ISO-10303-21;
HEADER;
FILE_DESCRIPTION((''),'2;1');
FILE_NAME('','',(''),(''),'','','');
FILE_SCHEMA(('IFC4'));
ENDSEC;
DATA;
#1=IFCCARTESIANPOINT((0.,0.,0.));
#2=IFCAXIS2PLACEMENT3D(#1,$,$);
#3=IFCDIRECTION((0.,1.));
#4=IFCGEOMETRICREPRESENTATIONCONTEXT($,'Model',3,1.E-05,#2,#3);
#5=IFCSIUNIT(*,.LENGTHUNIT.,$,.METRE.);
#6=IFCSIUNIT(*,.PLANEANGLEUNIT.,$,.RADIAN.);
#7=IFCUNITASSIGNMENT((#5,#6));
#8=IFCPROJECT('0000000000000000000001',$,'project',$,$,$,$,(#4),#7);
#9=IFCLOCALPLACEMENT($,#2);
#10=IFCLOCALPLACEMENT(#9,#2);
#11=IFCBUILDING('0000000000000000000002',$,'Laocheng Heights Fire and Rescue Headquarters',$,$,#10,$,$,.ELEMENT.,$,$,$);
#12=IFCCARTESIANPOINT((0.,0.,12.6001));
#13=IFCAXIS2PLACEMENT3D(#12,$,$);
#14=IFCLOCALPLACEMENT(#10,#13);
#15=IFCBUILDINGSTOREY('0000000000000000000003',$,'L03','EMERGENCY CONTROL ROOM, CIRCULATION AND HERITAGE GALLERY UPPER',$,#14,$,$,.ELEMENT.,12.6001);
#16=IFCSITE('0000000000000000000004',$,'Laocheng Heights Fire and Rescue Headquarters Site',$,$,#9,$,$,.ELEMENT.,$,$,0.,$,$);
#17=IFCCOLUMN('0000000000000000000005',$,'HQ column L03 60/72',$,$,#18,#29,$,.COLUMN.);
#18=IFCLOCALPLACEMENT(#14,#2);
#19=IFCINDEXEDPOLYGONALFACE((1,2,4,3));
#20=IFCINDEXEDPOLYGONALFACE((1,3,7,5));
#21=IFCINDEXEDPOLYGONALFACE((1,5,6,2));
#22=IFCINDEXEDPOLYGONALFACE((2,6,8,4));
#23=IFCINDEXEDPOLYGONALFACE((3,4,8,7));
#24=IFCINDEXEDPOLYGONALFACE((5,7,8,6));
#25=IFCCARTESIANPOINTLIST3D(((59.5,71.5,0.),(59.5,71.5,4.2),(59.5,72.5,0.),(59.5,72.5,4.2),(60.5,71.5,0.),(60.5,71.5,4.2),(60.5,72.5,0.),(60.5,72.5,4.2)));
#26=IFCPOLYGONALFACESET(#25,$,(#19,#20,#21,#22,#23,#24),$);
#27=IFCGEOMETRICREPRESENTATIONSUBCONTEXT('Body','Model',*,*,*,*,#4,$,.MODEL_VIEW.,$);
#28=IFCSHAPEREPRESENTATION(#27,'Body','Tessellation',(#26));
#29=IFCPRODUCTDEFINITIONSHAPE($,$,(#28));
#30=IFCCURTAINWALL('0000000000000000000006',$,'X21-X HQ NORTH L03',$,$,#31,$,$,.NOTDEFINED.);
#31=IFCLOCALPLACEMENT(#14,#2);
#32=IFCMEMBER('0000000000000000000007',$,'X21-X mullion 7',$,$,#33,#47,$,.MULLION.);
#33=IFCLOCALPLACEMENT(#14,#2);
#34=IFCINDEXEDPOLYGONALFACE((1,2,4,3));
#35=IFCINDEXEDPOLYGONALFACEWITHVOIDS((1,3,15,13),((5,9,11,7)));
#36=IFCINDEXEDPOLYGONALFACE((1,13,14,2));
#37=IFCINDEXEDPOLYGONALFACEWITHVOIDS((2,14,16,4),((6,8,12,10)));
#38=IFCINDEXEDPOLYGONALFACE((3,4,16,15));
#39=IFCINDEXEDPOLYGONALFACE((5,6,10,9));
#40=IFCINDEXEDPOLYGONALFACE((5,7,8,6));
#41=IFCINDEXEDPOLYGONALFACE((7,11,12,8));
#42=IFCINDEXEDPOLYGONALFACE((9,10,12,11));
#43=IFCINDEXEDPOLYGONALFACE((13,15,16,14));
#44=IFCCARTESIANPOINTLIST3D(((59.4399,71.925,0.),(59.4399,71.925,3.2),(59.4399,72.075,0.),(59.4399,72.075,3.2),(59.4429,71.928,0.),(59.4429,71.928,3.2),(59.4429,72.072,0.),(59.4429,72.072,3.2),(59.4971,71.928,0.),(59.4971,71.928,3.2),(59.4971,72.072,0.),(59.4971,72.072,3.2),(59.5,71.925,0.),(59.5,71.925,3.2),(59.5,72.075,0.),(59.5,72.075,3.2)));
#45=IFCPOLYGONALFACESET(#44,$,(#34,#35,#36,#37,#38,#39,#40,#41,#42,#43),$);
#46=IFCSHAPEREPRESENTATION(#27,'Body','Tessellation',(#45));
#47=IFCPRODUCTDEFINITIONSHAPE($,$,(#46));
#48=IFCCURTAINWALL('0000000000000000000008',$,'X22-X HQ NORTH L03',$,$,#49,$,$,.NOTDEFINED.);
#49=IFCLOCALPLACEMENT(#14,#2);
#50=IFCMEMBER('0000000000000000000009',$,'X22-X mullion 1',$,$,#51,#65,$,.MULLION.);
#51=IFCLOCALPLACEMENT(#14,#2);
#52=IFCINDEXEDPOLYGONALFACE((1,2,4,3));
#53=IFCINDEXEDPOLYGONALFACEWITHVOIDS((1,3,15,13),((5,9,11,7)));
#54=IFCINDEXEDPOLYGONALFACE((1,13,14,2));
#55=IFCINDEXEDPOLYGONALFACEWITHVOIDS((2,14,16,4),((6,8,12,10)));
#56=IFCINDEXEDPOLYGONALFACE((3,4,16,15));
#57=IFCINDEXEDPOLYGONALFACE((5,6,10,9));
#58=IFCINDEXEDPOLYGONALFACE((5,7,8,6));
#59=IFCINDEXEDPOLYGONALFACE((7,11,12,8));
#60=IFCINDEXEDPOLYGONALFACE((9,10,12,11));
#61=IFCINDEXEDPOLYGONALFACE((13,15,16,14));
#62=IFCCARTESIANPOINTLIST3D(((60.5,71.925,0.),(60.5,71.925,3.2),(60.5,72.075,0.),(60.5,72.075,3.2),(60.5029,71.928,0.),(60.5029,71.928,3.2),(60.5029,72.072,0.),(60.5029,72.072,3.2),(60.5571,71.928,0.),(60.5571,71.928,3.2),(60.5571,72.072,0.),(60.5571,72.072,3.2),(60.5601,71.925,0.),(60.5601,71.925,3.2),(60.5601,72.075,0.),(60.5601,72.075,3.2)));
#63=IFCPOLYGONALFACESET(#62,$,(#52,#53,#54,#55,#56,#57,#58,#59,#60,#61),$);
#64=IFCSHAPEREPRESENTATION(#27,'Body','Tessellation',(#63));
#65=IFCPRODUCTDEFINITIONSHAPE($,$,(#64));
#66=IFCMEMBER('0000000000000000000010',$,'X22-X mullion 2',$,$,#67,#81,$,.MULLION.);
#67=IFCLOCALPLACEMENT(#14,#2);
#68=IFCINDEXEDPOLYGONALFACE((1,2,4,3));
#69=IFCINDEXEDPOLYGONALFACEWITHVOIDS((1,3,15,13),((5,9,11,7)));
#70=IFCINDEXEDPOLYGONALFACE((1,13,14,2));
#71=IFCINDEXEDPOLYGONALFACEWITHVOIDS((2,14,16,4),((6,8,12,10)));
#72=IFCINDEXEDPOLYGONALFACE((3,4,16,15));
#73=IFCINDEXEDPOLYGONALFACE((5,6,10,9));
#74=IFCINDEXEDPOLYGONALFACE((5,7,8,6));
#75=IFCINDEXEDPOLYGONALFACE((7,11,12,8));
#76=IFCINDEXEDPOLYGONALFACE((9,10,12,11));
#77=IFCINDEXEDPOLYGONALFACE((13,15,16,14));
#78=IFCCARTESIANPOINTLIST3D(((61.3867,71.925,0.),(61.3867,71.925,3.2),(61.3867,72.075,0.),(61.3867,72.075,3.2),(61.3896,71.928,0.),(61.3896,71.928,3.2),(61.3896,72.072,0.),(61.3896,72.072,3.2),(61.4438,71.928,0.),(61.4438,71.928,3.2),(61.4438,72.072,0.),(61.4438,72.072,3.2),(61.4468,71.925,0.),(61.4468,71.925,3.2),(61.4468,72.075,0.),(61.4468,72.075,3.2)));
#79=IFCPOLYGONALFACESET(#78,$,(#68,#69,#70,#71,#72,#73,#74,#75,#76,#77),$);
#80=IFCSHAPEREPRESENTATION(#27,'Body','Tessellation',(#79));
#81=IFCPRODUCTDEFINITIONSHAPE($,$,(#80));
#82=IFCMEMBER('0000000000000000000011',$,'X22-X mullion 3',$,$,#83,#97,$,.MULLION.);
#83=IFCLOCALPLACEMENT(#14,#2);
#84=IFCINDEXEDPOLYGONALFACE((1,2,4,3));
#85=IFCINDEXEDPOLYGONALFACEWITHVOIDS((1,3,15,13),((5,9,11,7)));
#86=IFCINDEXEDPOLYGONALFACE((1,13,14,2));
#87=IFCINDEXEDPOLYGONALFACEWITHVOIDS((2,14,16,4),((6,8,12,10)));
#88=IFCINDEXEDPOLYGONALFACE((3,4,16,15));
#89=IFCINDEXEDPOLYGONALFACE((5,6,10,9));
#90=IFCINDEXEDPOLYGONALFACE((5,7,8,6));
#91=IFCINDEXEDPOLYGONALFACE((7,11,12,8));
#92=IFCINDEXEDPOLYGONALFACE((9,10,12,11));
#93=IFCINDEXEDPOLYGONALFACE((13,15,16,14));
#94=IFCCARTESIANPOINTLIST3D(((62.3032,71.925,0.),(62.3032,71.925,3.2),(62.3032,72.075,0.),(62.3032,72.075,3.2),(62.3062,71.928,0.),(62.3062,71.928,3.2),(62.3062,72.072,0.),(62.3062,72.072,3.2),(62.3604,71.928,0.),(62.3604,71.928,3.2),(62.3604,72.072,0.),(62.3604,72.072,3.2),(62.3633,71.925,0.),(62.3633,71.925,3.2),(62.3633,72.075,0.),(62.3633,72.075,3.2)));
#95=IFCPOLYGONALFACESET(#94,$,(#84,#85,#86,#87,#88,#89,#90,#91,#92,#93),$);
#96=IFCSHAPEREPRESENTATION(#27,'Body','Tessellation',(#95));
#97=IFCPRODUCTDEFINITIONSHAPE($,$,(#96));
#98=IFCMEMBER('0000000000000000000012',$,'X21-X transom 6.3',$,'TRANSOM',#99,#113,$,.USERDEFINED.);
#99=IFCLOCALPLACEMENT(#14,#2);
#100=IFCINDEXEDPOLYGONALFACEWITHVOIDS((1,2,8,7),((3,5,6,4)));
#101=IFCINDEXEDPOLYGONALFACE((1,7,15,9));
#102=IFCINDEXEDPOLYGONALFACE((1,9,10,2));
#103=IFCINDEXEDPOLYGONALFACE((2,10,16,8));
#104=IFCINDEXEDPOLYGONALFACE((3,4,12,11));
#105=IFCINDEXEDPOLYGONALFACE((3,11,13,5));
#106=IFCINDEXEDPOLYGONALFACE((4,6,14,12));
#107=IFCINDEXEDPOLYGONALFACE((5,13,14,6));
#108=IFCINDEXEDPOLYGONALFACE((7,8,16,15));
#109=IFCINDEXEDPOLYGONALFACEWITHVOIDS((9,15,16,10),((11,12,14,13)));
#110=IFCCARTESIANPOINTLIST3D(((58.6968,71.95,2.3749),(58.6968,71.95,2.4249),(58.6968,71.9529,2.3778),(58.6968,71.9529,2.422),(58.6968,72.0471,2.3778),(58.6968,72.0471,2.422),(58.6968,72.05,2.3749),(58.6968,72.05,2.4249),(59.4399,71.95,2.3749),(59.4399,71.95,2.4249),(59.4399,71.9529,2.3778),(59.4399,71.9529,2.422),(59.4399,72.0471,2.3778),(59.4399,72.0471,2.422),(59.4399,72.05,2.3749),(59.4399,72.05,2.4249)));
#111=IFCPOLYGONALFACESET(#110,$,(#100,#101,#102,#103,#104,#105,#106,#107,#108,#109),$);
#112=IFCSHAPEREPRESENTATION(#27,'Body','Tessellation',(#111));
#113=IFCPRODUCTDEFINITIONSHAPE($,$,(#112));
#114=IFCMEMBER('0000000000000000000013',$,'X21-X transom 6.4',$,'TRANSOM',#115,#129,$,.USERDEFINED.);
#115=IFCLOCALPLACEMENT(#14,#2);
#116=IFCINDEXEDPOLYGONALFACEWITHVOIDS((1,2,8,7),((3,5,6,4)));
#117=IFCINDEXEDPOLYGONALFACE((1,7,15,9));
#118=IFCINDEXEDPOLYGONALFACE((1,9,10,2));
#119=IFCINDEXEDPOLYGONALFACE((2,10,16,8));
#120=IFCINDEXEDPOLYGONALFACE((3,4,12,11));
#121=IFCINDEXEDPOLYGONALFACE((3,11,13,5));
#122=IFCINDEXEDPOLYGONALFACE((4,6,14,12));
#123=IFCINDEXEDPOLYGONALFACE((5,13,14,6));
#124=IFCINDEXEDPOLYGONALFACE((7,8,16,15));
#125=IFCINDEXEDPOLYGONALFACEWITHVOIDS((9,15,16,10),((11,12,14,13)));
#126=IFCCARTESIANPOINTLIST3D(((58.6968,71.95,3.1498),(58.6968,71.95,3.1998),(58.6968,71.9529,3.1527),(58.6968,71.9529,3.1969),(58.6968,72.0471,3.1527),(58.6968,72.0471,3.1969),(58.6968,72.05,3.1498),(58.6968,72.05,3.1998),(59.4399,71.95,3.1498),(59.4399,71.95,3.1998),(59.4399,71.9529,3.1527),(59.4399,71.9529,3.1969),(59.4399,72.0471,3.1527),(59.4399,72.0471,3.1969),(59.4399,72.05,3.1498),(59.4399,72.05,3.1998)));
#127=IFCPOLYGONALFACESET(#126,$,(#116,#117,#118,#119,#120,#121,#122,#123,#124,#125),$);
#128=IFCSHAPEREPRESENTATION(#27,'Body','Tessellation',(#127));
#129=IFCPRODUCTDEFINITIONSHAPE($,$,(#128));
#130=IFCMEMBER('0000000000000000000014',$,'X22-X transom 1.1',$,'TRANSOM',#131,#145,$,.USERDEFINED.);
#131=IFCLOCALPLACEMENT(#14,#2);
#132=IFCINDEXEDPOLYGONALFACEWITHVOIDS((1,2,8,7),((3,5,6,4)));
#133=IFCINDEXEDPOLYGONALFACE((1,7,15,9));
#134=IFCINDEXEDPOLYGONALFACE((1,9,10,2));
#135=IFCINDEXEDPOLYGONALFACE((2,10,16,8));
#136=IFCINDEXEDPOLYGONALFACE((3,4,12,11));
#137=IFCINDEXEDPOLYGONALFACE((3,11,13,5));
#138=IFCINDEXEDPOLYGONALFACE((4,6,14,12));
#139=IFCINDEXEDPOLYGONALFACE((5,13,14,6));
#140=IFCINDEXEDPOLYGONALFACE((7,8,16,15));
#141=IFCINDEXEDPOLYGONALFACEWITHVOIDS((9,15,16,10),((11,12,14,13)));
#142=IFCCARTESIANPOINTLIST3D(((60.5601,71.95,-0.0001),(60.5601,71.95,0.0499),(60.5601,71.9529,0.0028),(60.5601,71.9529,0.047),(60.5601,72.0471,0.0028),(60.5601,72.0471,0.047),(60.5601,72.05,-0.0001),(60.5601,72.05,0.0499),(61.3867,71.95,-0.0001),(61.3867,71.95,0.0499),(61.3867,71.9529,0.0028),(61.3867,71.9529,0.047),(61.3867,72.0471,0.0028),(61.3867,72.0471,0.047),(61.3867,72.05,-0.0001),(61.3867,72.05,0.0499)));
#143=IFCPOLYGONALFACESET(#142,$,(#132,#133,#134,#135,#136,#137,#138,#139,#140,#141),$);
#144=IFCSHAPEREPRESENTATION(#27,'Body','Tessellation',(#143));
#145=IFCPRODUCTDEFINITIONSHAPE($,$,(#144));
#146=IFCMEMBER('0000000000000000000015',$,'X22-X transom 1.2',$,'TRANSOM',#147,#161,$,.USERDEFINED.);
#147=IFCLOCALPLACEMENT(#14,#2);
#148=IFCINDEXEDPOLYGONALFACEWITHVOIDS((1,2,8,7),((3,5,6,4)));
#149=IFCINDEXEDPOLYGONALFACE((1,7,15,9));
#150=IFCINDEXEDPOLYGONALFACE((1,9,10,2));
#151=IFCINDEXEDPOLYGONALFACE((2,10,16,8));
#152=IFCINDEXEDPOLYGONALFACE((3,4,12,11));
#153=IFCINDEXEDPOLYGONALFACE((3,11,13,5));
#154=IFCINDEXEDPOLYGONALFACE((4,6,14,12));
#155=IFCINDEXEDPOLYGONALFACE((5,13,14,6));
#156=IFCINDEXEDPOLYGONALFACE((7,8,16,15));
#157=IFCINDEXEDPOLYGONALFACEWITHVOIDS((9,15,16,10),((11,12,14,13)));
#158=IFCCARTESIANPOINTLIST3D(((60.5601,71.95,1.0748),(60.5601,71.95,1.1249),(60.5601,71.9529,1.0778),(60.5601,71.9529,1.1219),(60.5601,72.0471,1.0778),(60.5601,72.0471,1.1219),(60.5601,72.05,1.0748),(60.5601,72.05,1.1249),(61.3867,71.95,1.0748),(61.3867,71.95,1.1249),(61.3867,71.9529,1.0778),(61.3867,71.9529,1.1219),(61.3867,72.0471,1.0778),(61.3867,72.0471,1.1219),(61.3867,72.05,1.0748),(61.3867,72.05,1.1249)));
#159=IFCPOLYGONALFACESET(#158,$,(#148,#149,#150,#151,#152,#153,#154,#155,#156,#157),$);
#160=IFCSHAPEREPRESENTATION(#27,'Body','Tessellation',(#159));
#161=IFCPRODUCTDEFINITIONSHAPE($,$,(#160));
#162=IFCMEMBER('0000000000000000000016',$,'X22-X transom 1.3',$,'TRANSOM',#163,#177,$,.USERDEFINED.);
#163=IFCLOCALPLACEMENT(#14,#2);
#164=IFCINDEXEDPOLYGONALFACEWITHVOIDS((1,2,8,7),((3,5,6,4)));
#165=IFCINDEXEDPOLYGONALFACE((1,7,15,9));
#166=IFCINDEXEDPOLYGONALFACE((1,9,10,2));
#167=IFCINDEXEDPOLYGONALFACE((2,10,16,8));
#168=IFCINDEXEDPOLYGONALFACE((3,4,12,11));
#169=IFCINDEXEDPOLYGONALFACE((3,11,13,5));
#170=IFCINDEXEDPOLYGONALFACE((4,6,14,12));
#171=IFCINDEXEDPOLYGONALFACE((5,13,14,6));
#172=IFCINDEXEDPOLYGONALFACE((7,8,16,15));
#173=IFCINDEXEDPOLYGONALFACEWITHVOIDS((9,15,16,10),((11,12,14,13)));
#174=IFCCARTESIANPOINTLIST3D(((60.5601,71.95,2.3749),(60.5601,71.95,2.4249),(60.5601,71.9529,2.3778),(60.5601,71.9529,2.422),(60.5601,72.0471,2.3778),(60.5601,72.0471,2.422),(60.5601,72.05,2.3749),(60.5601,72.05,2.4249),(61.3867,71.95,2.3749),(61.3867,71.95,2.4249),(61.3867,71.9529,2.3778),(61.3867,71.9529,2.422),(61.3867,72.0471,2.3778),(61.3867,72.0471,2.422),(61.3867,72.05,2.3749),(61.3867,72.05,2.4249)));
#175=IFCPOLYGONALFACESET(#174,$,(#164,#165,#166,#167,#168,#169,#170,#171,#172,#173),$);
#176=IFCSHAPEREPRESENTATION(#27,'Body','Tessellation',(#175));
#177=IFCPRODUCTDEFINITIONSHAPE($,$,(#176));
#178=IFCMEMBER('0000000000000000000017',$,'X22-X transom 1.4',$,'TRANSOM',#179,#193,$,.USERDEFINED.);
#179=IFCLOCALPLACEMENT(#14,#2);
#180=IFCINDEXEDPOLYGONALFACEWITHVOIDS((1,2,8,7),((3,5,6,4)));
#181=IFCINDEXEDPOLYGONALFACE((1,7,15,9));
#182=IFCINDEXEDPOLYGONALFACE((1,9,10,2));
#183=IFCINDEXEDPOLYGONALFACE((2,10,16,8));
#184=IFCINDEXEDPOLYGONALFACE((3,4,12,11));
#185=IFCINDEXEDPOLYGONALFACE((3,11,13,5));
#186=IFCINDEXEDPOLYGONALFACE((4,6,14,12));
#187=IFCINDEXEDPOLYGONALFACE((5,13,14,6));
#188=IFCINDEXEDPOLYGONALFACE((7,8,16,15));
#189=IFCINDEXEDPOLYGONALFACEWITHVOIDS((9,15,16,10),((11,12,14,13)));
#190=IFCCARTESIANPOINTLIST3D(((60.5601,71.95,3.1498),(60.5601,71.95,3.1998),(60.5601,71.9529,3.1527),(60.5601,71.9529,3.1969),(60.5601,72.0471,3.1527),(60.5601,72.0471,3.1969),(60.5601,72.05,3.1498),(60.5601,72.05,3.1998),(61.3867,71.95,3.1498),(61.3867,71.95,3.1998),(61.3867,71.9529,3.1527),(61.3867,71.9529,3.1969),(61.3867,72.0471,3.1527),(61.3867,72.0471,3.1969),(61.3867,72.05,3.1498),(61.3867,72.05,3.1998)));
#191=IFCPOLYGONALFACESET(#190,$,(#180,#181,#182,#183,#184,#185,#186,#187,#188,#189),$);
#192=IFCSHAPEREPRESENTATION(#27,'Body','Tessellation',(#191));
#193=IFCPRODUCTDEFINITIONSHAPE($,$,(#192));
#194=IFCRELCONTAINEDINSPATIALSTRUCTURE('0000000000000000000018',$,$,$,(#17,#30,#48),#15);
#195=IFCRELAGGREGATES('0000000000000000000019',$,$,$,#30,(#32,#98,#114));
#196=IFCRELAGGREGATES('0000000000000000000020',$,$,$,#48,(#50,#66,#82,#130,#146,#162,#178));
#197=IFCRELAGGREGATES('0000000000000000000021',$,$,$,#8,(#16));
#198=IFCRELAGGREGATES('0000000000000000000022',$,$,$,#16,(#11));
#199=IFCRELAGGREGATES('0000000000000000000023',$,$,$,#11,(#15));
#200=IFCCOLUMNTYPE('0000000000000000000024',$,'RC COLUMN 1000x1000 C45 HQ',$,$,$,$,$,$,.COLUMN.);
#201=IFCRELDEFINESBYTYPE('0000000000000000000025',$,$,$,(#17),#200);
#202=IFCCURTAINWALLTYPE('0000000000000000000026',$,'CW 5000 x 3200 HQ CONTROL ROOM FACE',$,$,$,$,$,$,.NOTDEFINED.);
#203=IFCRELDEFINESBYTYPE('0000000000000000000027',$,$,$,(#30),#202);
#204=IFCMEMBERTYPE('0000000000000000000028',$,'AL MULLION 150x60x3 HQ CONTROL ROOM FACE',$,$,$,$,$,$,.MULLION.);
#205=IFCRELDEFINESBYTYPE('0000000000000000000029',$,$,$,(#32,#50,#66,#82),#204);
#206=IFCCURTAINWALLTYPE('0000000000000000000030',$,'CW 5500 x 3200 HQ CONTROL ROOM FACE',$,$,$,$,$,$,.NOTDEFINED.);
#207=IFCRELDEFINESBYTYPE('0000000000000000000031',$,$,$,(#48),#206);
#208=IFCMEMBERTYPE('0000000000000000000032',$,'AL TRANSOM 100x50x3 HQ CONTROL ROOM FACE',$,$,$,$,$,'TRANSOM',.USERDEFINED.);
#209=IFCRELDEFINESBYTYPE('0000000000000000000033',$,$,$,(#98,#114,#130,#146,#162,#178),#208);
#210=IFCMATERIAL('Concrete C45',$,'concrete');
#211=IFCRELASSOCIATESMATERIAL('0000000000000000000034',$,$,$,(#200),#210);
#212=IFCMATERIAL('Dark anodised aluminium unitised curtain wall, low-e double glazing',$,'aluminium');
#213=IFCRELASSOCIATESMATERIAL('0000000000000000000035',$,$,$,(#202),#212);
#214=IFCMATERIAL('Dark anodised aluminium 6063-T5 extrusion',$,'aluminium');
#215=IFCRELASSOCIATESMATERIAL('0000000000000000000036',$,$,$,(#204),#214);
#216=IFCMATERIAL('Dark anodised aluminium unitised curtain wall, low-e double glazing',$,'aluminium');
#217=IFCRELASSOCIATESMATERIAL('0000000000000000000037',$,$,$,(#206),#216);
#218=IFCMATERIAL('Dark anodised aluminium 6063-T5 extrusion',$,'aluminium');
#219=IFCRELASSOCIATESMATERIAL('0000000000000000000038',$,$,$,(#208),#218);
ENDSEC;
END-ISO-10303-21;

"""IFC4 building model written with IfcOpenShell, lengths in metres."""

from ifc_helpers import new_model, si_unit, direction, frame, origin, origin_2d, place, context, subcontext, project, spatial, rectangle, hollow_rectangle, extrude, material, material_profile, profile_set, type_object, element, aggregate, save


model = new_model("IFC4")

# Units and contexts
model_context = context("Model", 3, precision=1e-05, world=origin(), true_north=direction((0.0, 1.0)))
body_context = subcontext(model_context, "Body", "Model", "MODEL_VIEW")
ifc_project = project(units=[si_unit("LENGTHUNIT", "METRE"), si_unit("PLANEANGLEUNIT", "RADIAN")], contexts=[model_context])

# Site, building, storey
site_placement = place(None, origin())
site = spatial("IfcSite", under=ifc_project, at=site_placement, Name="Laocheng Heights Fire and Rescue Headquarters Site", CompositionType="ELEMENT", RefElevation=0.0)
building_placement = place(site_placement, origin())
building = spatial("IfcBuilding", under=site, at=building_placement, Name="Laocheng Heights Fire and Rescue Headquarters", CompositionType="ELEMENT")
storey_placement = place(building_placement, frame((0.0, 0.0, 12.6001)))
storey = spatial("IfcBuildingStorey", under=building, at=storey_placement, Name="L03", Description="EMERGENCY CONTROL ROOM, CIRCULATION AND HERITAGE GALLERY UPPER", CompositionType="ELEMENT", Elevation=12.6001)

# Column
ifc_material_1 = material(Name="Concrete C45", Category="concrete")
ifc_material_profile_1 = material_profile(ifc_material_1, rectangle(XDim=1.0, YDim=1.0, at=origin_2d()), Name="RC COLUMN 1000x1000 C45 HQ")
ifc_profile_set_1 = profile_set([ifc_material_profile_1], Name="Concrete C45")
column_type = type_object("IfcColumnType", Name="RC COLUMN 1000x1000 C45 HQ", PredefinedType="COLUMN", material=ifc_profile_set_1)
column_placement = place(storey_placement, frame((60.0, 72.0, 0.0), z_axis=(0.0, 0.0, 1.0), x_axis=(1.0, 0.0, 0.0)))
element("IfcColumn", 1, at=column_placement, inside=storey, type_object=column_type, Name="HQ column L03 60/72", PredefinedType="COLUMN", context=body_context, shape_type="SweptSolid", body=[
    extrude(rectangle(XDim=1.0, YDim=1.0, at=origin_2d()), origin(), (0.0, 0.0, 1.0), 4.2),
])

# Curtain wall, member
ifc_material_2 = material(Name="Dark anodised aluminium unitised curtain wall, low-e double glazing", Category="aluminium")
curtain_wall_type_1 = type_object("IfcCurtainWallType", Name="CW 5000 x 3200 HQ CONTROL ROOM FACE", PredefinedType="NOTDEFINED", material=ifc_material_2)
curtain_wall_1_placement = place(storey_placement, origin())
curtain_wall_1 = element("IfcCurtainWall", 2, at=curtain_wall_1_placement, inside=storey, type_object=curtain_wall_type_1, Name="X21-X HQ NORTH L03", PredefinedType="NOTDEFINED")
ifc_material_3 = material(Name="Dark anodised aluminium 6063-T5 extrusion", Category="aluminium")
ifc_material_profile_2 = material_profile(ifc_material_3, hollow_rectangle(XDim=0.1499, YDim=0.0601, WallThickness=0.0029, at=origin_2d()), Name="AL MULLION 150x60x3 HQ CONTROL ROOM FACE")
ifc_profile_set_2 = profile_set([ifc_material_profile_2], Name="Dark anodised aluminium 6063-T5 extrusion")
member_type_1 = type_object("IfcMemberType", Name="AL MULLION 150x60x3 HQ CONTROL ROOM FACE", PredefinedType="MULLION", material=ifc_profile_set_2)
member_1_placement = place(storey_placement, frame((59.47, 72.0, 0.0), z_axis=(0.0, 0.0, 1.0), x_axis=(0.0, 1.0, 0.0)))
member_1 = element("IfcMember", 3, at=member_1_placement, type_object=member_type_1, Name="X21-X mullion 7", PredefinedType="MULLION", context=body_context, shape_type="SweptSolid", body=[
    extrude(hollow_rectangle(XDim=0.1499, YDim=0.0601, WallThickness=0.0029, at=origin_2d()), origin(), (0.0, 0.0, 1.0), 3.2),
])

# Curtain wall, members
ifc_material_4 = material(Name="Dark anodised aluminium unitised curtain wall, low-e double glazing", Category="aluminium")
curtain_wall_type_2 = type_object("IfcCurtainWallType", Name="CW 5500 x 3200 HQ CONTROL ROOM FACE", PredefinedType="NOTDEFINED", material=ifc_material_4)
curtain_wall_2_placement = place(storey_placement, origin())
curtain_wall_2 = element("IfcCurtainWall", 4, at=curtain_wall_2_placement, inside=storey, type_object=curtain_wall_type_2, Name="X22-X HQ NORTH L03", PredefinedType="NOTDEFINED")
member_2_placement = place(storey_placement, frame((60.53, 72.0, 0.0), z_axis=(0.0, 0.0, 1.0), x_axis=(0.0, 1.0, 0.0)))
member_2 = element("IfcMember", 5, at=member_2_placement, type_object=member_type_1, Name="X22-X mullion 1", PredefinedType="MULLION", context=body_context, shape_type="SweptSolid", body=[
    extrude(hollow_rectangle(XDim=0.1499, YDim=0.0601, WallThickness=0.0029, at=origin_2d()), origin(), (0.0, 0.0, 1.0), 3.2),
])
member_3_placement = place(storey_placement, frame((61.4167, 72.0, 0.0), z_axis=(0.0, 0.0, 1.0), x_axis=(0.0, 1.0, 0.0)))
member_3 = element("IfcMember", 6, at=member_3_placement, type_object=member_type_1, Name="X22-X mullion 2", PredefinedType="MULLION", context=body_context, shape_type="SweptSolid", body=[
    extrude(hollow_rectangle(XDim=0.1499, YDim=0.0601, WallThickness=0.0029, at=origin_2d()), origin(), (0.0, 0.0, 1.0), 3.2),
])
member_4_placement = place(storey_placement, frame((62.3333, 72.0, 0.0), z_axis=(0.0, 0.0, 1.0), x_axis=(0.0, 1.0, 0.0)))
member_4 = element("IfcMember", 7, at=member_4_placement, type_object=member_type_1, Name="X22-X mullion 3", PredefinedType="MULLION", context=body_context, shape_type="SweptSolid", body=[
    extrude(hollow_rectangle(XDim=0.1499, YDim=0.0601, WallThickness=0.0029, at=origin_2d()), origin(), (0.0, 0.0, 1.0), 3.2),
])

# Members
ifc_material_5 = material(Name="Dark anodised aluminium 6063-T5 extrusion", Category="aluminium")
ifc_material_profile_3 = material_profile(ifc_material_5, hollow_rectangle(XDim=0.1001, YDim=0.05, WallThickness=0.0029, at=origin_2d()), Name="AL TRANSOM 100x50x3 HQ CONTROL ROOM FACE")
ifc_profile_set_3 = profile_set([ifc_material_profile_3], Name="Dark anodised aluminium 6063-T5 extrusion")
member_type_2 = type_object("IfcMemberType", Name="AL TRANSOM 100x50x3 HQ CONTROL ROOM FACE", ElementType="TRANSOM", PredefinedType="USERDEFINED", material=ifc_profile_set_3)
member_5_placement = place(storey_placement, frame((58.6968, 72.0, 2.3999), z_axis=(1.0, 0.0, 0.0), x_axis=(0.0, 1.0, 0.0)))
member_5 = element("IfcMember", 8, at=member_5_placement, type_object=member_type_2, Name="X21-X transom 6.3", ObjectType="TRANSOM", PredefinedType="USERDEFINED", context=body_context, shape_type="SweptSolid", body=[
    extrude(hollow_rectangle(XDim=0.1001, YDim=0.05, WallThickness=0.0029, at=origin_2d()), origin(), (0.0, 0.0, 1.0), 0.7432),
])
member_6_placement = place(storey_placement, frame((58.6968, 72.0, 3.1748), z_axis=(1.0, 0.0, 0.0), x_axis=(0.0, 1.0, 0.0)))
member_6 = element("IfcMember", 9, at=member_6_placement, type_object=member_type_2, Name="X21-X transom 6.4", ObjectType="TRANSOM", PredefinedType="USERDEFINED", context=body_context, shape_type="SweptSolid", body=[
    extrude(hollow_rectangle(XDim=0.1001, YDim=0.05, WallThickness=0.0029, at=origin_2d()), origin(), (0.0, 0.0, 1.0), 0.7432),
])
member_7_placement = place(storey_placement, frame((60.5601, 72.0, 0.0249), z_axis=(1.0, 0.0, 0.0), x_axis=(0.0, 1.0, 0.0)))
member_7 = element("IfcMember", 10, at=member_7_placement, type_object=member_type_2, Name="X22-X transom 1.1", ObjectType="TRANSOM", PredefinedType="USERDEFINED", context=body_context, shape_type="SweptSolid", body=[
    extrude(hollow_rectangle(XDim=0.1001, YDim=0.05, WallThickness=0.0029, at=origin_2d()), origin(), (0.0, 0.0, 1.0), 0.8267),
])
member_8_placement = place(storey_placement, frame((60.5601, 72.0, 1.0999), z_axis=(1.0, 0.0, 0.0), x_axis=(0.0, 1.0, 0.0)))
member_8 = element("IfcMember", 11, at=member_8_placement, type_object=member_type_2, Name="X22-X transom 1.2", ObjectType="TRANSOM", PredefinedType="USERDEFINED", context=body_context, shape_type="SweptSolid", body=[
    extrude(hollow_rectangle(XDim=0.1001, YDim=0.05, WallThickness=0.0029, at=origin_2d()), origin(), (0.0, 0.0, 1.0), 0.8267),
])
member_9_placement = place(storey_placement, frame((60.5601, 72.0, 2.3999), z_axis=(1.0, 0.0, 0.0), x_axis=(0.0, 1.0, 0.0)))
member_9 = element("IfcMember", 12, at=member_9_placement, type_object=member_type_2, Name="X22-X transom 1.3", ObjectType="TRANSOM", PredefinedType="USERDEFINED", context=body_context, shape_type="SweptSolid", body=[
    extrude(hollow_rectangle(XDim=0.1001, YDim=0.05, WallThickness=0.0029, at=origin_2d()), origin(), (0.0, 0.0, 1.0), 0.8267),
])
member_10_placement = place(storey_placement, frame((60.5601, 72.0, 3.1748), z_axis=(1.0, 0.0, 0.0), x_axis=(0.0, 1.0, 0.0)))
member_10 = element("IfcMember", 13, at=member_10_placement, type_object=member_type_2, Name="X22-X transom 1.4", ObjectType="TRANSOM", PredefinedType="USERDEFINED", context=body_context, shape_type="SweptSolid", body=[
    extrude(hollow_rectangle(XDim=0.1001, YDim=0.05, WallThickness=0.0029, at=origin_2d()), origin(), (0.0, 0.0, 1.0), 0.8267),
])

aggregate(curtain_wall_1, [member_1, member_5, member_6])
aggregate(curtain_wall_2, [member_2, member_3, member_4, member_7, member_8, member_9, member_10])

save(model, "model.ifc")
